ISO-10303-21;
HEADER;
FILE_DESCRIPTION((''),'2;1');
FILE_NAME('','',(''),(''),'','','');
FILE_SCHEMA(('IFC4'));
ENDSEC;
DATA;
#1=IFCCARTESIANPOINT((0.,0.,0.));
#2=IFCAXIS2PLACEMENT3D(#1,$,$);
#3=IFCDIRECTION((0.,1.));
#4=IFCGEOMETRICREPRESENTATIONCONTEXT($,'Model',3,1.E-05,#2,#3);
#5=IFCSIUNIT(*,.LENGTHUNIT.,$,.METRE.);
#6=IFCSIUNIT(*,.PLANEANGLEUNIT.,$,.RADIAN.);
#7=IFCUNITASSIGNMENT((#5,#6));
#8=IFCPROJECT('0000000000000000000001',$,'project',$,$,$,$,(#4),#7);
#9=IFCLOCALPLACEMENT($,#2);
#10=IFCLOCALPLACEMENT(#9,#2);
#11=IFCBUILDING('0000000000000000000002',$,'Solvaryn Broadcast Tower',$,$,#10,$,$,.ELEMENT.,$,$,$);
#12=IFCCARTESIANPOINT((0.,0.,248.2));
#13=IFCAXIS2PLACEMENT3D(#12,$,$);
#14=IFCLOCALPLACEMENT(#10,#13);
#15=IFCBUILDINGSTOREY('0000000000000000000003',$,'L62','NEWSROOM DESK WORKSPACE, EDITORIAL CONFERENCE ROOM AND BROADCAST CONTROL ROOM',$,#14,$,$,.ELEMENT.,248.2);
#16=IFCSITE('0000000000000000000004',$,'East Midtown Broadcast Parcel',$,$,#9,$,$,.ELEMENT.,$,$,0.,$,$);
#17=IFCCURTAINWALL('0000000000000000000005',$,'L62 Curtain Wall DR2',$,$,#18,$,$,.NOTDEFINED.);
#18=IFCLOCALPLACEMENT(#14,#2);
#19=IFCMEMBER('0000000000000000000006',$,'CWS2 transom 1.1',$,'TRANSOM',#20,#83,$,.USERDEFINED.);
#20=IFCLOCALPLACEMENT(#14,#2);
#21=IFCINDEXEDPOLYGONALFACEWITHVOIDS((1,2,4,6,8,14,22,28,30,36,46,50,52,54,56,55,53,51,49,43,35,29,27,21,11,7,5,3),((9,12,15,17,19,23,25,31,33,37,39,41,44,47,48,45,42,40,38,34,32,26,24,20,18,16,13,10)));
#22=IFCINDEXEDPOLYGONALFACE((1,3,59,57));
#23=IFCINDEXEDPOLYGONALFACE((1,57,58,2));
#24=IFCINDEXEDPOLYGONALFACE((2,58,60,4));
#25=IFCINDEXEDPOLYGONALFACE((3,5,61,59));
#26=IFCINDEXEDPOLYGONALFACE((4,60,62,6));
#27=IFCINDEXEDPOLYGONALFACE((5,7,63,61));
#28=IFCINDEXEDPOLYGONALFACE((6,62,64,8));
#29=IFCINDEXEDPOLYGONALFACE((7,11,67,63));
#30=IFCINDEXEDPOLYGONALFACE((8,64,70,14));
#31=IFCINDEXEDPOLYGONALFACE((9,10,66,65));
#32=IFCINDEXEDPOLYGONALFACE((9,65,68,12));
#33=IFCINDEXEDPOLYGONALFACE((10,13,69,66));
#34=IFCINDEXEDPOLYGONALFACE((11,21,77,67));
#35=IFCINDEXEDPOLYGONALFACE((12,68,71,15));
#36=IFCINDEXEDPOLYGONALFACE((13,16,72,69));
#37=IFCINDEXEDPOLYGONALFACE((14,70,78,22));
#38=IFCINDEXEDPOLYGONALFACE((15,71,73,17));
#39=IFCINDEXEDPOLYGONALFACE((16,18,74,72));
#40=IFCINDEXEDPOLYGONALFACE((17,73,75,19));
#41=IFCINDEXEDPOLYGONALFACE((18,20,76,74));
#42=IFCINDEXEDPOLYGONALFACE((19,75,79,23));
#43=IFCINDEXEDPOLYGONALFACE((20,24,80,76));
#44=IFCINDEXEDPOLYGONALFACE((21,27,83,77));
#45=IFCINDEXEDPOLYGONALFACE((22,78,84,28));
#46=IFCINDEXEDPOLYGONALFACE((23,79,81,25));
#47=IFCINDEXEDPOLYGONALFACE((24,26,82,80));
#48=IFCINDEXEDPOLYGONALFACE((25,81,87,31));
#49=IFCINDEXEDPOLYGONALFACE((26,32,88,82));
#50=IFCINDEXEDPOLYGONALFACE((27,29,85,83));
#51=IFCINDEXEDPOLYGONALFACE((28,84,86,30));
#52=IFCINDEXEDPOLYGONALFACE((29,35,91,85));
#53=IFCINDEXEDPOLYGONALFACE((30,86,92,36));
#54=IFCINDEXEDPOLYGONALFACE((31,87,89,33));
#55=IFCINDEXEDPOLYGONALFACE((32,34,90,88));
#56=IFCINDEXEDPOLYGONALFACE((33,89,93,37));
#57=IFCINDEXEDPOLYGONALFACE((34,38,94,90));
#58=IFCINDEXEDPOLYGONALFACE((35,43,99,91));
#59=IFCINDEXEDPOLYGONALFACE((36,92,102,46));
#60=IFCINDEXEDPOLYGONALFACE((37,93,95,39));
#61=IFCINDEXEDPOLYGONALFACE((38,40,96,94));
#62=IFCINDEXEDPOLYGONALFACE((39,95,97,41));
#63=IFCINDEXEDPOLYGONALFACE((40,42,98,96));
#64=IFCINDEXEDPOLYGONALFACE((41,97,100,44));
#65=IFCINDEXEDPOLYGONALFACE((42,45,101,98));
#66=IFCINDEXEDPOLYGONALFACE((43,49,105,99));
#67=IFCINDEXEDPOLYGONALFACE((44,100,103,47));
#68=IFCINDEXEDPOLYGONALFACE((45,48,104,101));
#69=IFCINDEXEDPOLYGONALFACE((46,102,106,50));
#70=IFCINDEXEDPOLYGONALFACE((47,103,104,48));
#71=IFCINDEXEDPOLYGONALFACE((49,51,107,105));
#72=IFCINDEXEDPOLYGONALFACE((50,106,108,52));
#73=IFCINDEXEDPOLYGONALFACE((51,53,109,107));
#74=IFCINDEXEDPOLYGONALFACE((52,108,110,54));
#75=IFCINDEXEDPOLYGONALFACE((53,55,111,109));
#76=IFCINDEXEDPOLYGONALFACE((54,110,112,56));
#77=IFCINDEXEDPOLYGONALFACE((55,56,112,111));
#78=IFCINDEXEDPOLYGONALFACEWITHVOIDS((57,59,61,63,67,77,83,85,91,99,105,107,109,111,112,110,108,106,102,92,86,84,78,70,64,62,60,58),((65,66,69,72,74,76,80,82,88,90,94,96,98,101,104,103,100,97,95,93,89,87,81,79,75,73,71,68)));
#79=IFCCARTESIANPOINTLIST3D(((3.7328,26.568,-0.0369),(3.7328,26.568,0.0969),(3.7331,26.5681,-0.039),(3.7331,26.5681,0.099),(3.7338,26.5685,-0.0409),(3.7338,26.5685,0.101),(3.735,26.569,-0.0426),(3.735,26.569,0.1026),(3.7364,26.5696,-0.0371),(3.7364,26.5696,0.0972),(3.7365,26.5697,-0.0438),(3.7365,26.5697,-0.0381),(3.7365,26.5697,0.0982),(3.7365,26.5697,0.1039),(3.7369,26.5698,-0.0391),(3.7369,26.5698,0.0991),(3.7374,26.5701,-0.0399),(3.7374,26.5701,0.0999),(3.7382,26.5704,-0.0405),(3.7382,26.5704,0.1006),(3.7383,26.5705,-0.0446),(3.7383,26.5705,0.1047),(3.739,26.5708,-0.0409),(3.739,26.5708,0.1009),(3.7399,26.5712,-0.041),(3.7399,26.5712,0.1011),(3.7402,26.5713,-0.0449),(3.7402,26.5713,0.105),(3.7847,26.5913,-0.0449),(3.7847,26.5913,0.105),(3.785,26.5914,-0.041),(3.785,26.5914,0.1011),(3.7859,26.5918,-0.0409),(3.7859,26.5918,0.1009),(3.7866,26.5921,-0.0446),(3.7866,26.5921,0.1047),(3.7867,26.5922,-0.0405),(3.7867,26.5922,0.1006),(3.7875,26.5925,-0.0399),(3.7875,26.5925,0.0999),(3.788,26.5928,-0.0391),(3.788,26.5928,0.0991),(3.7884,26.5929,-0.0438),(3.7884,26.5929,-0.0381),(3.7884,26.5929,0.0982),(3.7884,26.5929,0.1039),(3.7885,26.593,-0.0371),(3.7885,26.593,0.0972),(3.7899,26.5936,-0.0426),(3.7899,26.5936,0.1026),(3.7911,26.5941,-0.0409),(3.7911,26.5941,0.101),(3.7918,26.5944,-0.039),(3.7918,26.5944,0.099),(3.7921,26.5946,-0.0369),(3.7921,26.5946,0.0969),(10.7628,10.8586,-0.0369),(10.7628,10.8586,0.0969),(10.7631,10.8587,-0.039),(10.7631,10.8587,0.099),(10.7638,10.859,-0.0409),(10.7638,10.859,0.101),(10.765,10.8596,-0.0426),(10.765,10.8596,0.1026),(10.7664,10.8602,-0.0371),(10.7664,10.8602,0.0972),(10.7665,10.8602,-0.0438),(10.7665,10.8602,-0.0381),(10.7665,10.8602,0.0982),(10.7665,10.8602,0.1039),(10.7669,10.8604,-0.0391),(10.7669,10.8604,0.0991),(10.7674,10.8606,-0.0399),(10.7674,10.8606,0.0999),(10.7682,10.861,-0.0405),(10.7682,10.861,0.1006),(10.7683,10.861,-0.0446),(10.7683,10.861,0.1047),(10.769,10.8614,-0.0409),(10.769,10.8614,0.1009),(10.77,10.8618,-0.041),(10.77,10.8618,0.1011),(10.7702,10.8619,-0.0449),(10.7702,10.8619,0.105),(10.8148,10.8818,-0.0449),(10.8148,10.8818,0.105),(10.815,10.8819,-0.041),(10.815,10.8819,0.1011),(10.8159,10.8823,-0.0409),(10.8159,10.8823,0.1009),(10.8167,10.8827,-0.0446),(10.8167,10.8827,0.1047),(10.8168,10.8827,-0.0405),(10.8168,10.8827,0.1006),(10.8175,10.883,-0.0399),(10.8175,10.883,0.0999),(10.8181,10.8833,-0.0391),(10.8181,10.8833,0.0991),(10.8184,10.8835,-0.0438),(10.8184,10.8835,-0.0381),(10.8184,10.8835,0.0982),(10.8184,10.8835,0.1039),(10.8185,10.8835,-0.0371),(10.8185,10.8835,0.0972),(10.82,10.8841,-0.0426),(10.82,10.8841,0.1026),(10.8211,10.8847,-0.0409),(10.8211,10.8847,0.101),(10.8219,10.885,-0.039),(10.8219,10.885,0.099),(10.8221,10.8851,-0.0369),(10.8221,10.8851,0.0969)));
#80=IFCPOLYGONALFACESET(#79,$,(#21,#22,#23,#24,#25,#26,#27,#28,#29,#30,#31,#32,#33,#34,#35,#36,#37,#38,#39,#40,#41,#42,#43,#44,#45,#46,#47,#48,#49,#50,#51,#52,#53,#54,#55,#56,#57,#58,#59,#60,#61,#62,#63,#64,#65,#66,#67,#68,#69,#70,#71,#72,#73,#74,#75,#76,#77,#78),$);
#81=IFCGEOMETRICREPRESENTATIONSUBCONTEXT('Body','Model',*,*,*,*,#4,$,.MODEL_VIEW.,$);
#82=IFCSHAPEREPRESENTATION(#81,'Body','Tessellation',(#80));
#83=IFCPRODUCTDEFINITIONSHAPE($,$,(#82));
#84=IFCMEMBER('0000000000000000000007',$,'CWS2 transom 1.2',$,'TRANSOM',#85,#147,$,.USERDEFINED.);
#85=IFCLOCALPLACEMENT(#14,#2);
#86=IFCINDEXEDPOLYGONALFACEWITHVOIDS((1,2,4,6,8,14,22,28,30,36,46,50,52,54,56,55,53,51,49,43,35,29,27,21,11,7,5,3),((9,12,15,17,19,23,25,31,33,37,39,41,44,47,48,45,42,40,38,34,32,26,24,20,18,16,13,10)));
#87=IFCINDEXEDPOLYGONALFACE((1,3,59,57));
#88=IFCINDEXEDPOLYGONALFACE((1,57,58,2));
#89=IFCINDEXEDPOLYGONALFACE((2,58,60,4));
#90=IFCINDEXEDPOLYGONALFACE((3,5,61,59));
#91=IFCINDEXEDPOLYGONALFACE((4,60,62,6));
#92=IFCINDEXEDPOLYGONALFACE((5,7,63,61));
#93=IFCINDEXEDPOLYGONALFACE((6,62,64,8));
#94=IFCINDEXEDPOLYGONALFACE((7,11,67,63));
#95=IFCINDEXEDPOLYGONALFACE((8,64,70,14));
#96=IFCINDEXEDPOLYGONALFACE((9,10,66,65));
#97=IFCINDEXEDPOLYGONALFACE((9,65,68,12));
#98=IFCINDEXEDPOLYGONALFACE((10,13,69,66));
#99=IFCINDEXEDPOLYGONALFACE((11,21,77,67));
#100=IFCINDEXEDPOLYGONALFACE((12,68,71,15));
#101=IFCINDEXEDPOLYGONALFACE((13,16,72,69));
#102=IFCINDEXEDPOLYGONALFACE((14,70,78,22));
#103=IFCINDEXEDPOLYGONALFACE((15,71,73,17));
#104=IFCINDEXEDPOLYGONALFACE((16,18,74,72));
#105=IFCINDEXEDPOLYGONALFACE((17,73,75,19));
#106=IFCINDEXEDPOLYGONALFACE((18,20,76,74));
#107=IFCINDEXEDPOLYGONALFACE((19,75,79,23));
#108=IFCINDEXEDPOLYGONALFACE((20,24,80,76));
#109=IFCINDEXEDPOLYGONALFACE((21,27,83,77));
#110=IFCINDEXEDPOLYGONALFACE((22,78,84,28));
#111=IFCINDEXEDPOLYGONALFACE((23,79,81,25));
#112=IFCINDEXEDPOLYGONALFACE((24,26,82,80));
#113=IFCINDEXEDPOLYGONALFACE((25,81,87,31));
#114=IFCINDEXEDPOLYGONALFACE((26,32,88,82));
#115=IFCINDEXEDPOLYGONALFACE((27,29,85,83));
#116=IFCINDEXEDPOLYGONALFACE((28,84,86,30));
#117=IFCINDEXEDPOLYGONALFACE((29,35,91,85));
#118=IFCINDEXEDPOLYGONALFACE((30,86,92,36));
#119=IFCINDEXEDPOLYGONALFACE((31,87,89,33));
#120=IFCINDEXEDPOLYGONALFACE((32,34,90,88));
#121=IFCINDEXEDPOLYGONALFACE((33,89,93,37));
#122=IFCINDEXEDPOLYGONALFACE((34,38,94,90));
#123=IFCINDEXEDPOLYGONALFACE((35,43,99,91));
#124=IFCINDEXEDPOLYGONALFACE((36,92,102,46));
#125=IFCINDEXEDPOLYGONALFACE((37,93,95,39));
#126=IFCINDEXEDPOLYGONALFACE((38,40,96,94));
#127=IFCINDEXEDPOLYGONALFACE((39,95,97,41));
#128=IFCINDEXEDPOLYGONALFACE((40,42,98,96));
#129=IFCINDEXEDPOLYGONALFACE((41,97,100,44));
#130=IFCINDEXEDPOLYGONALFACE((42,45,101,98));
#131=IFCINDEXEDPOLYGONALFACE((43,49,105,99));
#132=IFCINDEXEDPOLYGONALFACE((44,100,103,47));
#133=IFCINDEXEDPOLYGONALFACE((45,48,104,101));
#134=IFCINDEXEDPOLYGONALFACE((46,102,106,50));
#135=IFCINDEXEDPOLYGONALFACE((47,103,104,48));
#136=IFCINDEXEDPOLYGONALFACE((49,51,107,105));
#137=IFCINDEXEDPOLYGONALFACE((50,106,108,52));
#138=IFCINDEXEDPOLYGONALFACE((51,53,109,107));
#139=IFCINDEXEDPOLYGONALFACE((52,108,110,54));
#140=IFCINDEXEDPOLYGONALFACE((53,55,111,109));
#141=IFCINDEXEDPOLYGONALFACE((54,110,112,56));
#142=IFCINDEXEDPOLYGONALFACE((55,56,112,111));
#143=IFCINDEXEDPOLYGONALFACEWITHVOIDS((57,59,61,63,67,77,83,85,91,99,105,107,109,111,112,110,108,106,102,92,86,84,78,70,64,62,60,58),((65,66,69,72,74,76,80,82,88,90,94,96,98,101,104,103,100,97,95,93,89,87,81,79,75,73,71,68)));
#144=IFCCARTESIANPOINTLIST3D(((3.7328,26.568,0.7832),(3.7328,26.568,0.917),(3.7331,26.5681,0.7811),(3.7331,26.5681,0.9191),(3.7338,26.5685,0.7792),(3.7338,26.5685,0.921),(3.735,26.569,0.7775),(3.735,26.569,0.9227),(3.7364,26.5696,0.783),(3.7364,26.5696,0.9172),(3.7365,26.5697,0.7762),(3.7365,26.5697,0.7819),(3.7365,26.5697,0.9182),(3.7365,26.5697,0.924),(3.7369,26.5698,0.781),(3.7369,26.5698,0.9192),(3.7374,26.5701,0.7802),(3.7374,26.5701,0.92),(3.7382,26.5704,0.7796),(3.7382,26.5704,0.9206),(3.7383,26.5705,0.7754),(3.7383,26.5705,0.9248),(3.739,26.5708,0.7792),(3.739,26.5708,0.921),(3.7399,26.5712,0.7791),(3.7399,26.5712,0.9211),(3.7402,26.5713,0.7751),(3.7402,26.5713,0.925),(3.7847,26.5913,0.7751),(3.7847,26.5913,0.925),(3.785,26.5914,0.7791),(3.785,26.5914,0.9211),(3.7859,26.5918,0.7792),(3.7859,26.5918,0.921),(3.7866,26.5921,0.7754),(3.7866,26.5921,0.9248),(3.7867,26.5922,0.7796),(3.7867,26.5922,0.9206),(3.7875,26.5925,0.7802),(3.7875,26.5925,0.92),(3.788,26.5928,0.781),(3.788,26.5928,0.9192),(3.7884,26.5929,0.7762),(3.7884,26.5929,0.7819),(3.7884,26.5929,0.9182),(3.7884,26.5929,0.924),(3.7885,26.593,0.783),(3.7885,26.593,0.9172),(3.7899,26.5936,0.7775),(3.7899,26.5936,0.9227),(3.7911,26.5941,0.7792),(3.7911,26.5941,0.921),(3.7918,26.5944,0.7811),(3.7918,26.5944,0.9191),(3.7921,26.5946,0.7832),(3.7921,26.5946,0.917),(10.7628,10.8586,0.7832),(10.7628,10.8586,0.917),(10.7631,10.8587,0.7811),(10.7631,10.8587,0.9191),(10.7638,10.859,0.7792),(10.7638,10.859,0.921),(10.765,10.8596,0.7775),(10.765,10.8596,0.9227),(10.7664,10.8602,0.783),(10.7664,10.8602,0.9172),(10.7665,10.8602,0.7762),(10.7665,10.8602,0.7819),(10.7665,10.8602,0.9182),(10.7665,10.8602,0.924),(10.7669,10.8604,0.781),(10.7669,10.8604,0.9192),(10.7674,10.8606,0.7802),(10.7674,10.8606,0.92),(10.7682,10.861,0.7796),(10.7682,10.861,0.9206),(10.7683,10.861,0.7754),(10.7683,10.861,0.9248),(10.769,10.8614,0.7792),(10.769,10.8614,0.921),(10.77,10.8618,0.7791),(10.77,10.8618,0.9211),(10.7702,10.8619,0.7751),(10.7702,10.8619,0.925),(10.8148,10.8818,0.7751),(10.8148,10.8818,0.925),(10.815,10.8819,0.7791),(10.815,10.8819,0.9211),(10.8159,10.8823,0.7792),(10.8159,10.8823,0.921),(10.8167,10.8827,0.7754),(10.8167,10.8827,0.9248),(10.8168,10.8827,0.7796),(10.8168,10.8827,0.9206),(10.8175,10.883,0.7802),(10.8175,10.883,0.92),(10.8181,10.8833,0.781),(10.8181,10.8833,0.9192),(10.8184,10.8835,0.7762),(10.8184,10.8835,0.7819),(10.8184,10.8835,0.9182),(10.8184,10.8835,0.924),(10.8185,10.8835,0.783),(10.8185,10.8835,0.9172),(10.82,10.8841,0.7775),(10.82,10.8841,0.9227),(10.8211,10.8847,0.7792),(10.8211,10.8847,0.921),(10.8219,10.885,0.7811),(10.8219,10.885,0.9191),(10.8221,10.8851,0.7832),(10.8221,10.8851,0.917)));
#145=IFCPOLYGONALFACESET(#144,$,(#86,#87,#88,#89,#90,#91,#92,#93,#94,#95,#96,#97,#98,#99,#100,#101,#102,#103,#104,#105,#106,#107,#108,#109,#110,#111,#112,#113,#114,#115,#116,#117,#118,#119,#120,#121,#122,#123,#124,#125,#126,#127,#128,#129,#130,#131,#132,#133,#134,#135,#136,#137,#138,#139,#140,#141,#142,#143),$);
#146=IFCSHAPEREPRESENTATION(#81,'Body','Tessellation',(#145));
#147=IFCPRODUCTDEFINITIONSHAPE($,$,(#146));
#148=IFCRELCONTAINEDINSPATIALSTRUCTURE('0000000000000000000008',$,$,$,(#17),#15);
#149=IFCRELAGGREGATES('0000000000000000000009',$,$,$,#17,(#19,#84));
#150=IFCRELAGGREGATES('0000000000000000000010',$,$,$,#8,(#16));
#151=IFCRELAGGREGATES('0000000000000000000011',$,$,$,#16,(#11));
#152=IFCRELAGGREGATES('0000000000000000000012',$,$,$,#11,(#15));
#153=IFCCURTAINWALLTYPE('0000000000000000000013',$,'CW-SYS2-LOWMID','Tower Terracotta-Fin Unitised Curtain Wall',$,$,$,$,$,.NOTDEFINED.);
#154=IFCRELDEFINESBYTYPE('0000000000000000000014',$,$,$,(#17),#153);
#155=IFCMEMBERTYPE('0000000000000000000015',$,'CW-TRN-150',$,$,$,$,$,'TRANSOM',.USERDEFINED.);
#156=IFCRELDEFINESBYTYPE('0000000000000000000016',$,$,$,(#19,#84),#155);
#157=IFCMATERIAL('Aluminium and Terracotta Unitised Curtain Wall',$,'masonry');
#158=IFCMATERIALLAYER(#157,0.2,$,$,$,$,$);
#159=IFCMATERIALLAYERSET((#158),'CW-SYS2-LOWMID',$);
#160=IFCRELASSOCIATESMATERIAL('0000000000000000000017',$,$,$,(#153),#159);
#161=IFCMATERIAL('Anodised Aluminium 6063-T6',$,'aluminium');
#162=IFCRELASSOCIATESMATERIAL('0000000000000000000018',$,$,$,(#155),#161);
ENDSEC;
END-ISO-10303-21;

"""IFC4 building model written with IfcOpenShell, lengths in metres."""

from ifc_helpers import new_model, si_unit, direction, frame, origin, origin_2d, place, context, subcontext, project, spatial, hollow_rectangle, extrude, material, layer, layer_set, material_profile, profile_set, type_object, element, aggregate, save


model = new_model("IFC4")

# Units and contexts
model_context = context("Model", 3, precision=1e-05, world=origin(), true_north=direction((0.0, 1.0)))
body_context = subcontext(model_context, "Body", "Model", "MODEL_VIEW")
ifc_project = project(units=[si_unit("LENGTHUNIT", "METRE"), si_unit("PLANEANGLEUNIT", "RADIAN")], contexts=[model_context])

# Site, building, storey
site_placement = place(None, origin())
site = spatial("IfcSite", under=ifc_project, at=site_placement, Name="East Midtown Broadcast Parcel", CompositionType="ELEMENT", RefElevation=0.0)
building_placement = place(site_placement, origin())
building = spatial("IfcBuilding", under=site, at=building_placement, Name="Solvaryn Broadcast Tower", CompositionType="ELEMENT")
storey_placement = place(building_placement, frame((0.0, 0.0, 248.2)))
storey = spatial("IfcBuildingStorey", under=building, at=storey_placement, Name="L62", Description="NEWSROOM DESK WORKSPACE, EDITORIAL CONFERENCE ROOM AND BROADCAST CONTROL ROOM", CompositionType="ELEMENT", Elevation=248.2)

# Shared definitions
ifc_material_1 = material(Name="Aluminium and Terracotta Unitised Curtain Wall", Category="masonry")
ifc_layer_1 = layer(ifc_material_1, 0.2)
ifc_layer_set_1 = layer_set([ifc_layer_1], Name="CW-SYS2-LOWMID")
curtain_wall_type = type_object("IfcCurtainWallType", Name="CW-SYS2-LOWMID", Description="Tower Terracotta-Fin Unitised Curtain Wall", PredefinedType="NOTDEFINED", material=ifc_layer_set_1)

# Curtain wall, members
curtain_wall_1_placement = place(storey_placement, origin())
curtain_wall_1 = element("IfcCurtainWall", 1, at=curtain_wall_1_placement, inside=storey, type_object=curtain_wall_type, Name="L62 Curtain Wall DR2", PredefinedType="NOTDEFINED")
ifc_material_2 = material(Name="Anodised Aluminium 6063-T6", Category="aluminium")
ifc_material_profile_1 = material_profile(ifc_material_2, hollow_rectangle(XDim=0.0649, YDim=0.1499, WallThickness=0.0039, InnerFilletRadius=0.0039, OuterFilletRadius=0.0081, at=origin_2d()))
ifc_profile_set_1 = profile_set([ifc_material_profile_1], Name="Anodised Aluminium 6063-T6")
member_type_1 = type_object("IfcMemberType", Name="CW-TRN-150", ElementType="TRANSOM", PredefinedType="USERDEFINED", material=ifc_profile_set_1)
member_1_placement = place(storey_placement, frame((3.7625, 26.5813, 0.03), z_axis=(0.408468, -0.912773, 0.0), x_axis=(0.912773, 0.408468, 0.0)))
member_1 = element("IfcMember", 2, at=member_1_placement, type_object=member_type_1, Name="CWS2 transom 1.1", ObjectType="TRANSOM", PredefinedType="USERDEFINED", context=body_context, shape_type="SweptSolid", body=[
    extrude(hollow_rectangle(XDim=0.0649, YDim=0.1499, WallThickness=0.0039, InnerFilletRadius=0.0039, OuterFilletRadius=0.0081, at=origin_2d()), origin(), (0.0, 0.0, 1.0), 17.2107),
])
member_2_placement = place(storey_placement, frame((3.7625, 26.5813, 0.8501), z_axis=(0.408468, -0.912773, 0.0), x_axis=(0.912773, 0.408468, 0.0)))
member_2 = element("IfcMember", 3, at=member_2_placement, type_object=member_type_1, Name="CWS2 transom 1.2", ObjectType="TRANSOM", PredefinedType="USERDEFINED", context=body_context, shape_type="SweptSolid", body=[
    extrude(hollow_rectangle(XDim=0.0649, YDim=0.1499, WallThickness=0.0039, InnerFilletRadius=0.0039, OuterFilletRadius=0.0081, at=origin_2d()), origin(), (0.0, 0.0, 1.0), 17.2107),
])
aggregate(curtain_wall_1, [member_1, member_2])

save(model, "model.ifc")
